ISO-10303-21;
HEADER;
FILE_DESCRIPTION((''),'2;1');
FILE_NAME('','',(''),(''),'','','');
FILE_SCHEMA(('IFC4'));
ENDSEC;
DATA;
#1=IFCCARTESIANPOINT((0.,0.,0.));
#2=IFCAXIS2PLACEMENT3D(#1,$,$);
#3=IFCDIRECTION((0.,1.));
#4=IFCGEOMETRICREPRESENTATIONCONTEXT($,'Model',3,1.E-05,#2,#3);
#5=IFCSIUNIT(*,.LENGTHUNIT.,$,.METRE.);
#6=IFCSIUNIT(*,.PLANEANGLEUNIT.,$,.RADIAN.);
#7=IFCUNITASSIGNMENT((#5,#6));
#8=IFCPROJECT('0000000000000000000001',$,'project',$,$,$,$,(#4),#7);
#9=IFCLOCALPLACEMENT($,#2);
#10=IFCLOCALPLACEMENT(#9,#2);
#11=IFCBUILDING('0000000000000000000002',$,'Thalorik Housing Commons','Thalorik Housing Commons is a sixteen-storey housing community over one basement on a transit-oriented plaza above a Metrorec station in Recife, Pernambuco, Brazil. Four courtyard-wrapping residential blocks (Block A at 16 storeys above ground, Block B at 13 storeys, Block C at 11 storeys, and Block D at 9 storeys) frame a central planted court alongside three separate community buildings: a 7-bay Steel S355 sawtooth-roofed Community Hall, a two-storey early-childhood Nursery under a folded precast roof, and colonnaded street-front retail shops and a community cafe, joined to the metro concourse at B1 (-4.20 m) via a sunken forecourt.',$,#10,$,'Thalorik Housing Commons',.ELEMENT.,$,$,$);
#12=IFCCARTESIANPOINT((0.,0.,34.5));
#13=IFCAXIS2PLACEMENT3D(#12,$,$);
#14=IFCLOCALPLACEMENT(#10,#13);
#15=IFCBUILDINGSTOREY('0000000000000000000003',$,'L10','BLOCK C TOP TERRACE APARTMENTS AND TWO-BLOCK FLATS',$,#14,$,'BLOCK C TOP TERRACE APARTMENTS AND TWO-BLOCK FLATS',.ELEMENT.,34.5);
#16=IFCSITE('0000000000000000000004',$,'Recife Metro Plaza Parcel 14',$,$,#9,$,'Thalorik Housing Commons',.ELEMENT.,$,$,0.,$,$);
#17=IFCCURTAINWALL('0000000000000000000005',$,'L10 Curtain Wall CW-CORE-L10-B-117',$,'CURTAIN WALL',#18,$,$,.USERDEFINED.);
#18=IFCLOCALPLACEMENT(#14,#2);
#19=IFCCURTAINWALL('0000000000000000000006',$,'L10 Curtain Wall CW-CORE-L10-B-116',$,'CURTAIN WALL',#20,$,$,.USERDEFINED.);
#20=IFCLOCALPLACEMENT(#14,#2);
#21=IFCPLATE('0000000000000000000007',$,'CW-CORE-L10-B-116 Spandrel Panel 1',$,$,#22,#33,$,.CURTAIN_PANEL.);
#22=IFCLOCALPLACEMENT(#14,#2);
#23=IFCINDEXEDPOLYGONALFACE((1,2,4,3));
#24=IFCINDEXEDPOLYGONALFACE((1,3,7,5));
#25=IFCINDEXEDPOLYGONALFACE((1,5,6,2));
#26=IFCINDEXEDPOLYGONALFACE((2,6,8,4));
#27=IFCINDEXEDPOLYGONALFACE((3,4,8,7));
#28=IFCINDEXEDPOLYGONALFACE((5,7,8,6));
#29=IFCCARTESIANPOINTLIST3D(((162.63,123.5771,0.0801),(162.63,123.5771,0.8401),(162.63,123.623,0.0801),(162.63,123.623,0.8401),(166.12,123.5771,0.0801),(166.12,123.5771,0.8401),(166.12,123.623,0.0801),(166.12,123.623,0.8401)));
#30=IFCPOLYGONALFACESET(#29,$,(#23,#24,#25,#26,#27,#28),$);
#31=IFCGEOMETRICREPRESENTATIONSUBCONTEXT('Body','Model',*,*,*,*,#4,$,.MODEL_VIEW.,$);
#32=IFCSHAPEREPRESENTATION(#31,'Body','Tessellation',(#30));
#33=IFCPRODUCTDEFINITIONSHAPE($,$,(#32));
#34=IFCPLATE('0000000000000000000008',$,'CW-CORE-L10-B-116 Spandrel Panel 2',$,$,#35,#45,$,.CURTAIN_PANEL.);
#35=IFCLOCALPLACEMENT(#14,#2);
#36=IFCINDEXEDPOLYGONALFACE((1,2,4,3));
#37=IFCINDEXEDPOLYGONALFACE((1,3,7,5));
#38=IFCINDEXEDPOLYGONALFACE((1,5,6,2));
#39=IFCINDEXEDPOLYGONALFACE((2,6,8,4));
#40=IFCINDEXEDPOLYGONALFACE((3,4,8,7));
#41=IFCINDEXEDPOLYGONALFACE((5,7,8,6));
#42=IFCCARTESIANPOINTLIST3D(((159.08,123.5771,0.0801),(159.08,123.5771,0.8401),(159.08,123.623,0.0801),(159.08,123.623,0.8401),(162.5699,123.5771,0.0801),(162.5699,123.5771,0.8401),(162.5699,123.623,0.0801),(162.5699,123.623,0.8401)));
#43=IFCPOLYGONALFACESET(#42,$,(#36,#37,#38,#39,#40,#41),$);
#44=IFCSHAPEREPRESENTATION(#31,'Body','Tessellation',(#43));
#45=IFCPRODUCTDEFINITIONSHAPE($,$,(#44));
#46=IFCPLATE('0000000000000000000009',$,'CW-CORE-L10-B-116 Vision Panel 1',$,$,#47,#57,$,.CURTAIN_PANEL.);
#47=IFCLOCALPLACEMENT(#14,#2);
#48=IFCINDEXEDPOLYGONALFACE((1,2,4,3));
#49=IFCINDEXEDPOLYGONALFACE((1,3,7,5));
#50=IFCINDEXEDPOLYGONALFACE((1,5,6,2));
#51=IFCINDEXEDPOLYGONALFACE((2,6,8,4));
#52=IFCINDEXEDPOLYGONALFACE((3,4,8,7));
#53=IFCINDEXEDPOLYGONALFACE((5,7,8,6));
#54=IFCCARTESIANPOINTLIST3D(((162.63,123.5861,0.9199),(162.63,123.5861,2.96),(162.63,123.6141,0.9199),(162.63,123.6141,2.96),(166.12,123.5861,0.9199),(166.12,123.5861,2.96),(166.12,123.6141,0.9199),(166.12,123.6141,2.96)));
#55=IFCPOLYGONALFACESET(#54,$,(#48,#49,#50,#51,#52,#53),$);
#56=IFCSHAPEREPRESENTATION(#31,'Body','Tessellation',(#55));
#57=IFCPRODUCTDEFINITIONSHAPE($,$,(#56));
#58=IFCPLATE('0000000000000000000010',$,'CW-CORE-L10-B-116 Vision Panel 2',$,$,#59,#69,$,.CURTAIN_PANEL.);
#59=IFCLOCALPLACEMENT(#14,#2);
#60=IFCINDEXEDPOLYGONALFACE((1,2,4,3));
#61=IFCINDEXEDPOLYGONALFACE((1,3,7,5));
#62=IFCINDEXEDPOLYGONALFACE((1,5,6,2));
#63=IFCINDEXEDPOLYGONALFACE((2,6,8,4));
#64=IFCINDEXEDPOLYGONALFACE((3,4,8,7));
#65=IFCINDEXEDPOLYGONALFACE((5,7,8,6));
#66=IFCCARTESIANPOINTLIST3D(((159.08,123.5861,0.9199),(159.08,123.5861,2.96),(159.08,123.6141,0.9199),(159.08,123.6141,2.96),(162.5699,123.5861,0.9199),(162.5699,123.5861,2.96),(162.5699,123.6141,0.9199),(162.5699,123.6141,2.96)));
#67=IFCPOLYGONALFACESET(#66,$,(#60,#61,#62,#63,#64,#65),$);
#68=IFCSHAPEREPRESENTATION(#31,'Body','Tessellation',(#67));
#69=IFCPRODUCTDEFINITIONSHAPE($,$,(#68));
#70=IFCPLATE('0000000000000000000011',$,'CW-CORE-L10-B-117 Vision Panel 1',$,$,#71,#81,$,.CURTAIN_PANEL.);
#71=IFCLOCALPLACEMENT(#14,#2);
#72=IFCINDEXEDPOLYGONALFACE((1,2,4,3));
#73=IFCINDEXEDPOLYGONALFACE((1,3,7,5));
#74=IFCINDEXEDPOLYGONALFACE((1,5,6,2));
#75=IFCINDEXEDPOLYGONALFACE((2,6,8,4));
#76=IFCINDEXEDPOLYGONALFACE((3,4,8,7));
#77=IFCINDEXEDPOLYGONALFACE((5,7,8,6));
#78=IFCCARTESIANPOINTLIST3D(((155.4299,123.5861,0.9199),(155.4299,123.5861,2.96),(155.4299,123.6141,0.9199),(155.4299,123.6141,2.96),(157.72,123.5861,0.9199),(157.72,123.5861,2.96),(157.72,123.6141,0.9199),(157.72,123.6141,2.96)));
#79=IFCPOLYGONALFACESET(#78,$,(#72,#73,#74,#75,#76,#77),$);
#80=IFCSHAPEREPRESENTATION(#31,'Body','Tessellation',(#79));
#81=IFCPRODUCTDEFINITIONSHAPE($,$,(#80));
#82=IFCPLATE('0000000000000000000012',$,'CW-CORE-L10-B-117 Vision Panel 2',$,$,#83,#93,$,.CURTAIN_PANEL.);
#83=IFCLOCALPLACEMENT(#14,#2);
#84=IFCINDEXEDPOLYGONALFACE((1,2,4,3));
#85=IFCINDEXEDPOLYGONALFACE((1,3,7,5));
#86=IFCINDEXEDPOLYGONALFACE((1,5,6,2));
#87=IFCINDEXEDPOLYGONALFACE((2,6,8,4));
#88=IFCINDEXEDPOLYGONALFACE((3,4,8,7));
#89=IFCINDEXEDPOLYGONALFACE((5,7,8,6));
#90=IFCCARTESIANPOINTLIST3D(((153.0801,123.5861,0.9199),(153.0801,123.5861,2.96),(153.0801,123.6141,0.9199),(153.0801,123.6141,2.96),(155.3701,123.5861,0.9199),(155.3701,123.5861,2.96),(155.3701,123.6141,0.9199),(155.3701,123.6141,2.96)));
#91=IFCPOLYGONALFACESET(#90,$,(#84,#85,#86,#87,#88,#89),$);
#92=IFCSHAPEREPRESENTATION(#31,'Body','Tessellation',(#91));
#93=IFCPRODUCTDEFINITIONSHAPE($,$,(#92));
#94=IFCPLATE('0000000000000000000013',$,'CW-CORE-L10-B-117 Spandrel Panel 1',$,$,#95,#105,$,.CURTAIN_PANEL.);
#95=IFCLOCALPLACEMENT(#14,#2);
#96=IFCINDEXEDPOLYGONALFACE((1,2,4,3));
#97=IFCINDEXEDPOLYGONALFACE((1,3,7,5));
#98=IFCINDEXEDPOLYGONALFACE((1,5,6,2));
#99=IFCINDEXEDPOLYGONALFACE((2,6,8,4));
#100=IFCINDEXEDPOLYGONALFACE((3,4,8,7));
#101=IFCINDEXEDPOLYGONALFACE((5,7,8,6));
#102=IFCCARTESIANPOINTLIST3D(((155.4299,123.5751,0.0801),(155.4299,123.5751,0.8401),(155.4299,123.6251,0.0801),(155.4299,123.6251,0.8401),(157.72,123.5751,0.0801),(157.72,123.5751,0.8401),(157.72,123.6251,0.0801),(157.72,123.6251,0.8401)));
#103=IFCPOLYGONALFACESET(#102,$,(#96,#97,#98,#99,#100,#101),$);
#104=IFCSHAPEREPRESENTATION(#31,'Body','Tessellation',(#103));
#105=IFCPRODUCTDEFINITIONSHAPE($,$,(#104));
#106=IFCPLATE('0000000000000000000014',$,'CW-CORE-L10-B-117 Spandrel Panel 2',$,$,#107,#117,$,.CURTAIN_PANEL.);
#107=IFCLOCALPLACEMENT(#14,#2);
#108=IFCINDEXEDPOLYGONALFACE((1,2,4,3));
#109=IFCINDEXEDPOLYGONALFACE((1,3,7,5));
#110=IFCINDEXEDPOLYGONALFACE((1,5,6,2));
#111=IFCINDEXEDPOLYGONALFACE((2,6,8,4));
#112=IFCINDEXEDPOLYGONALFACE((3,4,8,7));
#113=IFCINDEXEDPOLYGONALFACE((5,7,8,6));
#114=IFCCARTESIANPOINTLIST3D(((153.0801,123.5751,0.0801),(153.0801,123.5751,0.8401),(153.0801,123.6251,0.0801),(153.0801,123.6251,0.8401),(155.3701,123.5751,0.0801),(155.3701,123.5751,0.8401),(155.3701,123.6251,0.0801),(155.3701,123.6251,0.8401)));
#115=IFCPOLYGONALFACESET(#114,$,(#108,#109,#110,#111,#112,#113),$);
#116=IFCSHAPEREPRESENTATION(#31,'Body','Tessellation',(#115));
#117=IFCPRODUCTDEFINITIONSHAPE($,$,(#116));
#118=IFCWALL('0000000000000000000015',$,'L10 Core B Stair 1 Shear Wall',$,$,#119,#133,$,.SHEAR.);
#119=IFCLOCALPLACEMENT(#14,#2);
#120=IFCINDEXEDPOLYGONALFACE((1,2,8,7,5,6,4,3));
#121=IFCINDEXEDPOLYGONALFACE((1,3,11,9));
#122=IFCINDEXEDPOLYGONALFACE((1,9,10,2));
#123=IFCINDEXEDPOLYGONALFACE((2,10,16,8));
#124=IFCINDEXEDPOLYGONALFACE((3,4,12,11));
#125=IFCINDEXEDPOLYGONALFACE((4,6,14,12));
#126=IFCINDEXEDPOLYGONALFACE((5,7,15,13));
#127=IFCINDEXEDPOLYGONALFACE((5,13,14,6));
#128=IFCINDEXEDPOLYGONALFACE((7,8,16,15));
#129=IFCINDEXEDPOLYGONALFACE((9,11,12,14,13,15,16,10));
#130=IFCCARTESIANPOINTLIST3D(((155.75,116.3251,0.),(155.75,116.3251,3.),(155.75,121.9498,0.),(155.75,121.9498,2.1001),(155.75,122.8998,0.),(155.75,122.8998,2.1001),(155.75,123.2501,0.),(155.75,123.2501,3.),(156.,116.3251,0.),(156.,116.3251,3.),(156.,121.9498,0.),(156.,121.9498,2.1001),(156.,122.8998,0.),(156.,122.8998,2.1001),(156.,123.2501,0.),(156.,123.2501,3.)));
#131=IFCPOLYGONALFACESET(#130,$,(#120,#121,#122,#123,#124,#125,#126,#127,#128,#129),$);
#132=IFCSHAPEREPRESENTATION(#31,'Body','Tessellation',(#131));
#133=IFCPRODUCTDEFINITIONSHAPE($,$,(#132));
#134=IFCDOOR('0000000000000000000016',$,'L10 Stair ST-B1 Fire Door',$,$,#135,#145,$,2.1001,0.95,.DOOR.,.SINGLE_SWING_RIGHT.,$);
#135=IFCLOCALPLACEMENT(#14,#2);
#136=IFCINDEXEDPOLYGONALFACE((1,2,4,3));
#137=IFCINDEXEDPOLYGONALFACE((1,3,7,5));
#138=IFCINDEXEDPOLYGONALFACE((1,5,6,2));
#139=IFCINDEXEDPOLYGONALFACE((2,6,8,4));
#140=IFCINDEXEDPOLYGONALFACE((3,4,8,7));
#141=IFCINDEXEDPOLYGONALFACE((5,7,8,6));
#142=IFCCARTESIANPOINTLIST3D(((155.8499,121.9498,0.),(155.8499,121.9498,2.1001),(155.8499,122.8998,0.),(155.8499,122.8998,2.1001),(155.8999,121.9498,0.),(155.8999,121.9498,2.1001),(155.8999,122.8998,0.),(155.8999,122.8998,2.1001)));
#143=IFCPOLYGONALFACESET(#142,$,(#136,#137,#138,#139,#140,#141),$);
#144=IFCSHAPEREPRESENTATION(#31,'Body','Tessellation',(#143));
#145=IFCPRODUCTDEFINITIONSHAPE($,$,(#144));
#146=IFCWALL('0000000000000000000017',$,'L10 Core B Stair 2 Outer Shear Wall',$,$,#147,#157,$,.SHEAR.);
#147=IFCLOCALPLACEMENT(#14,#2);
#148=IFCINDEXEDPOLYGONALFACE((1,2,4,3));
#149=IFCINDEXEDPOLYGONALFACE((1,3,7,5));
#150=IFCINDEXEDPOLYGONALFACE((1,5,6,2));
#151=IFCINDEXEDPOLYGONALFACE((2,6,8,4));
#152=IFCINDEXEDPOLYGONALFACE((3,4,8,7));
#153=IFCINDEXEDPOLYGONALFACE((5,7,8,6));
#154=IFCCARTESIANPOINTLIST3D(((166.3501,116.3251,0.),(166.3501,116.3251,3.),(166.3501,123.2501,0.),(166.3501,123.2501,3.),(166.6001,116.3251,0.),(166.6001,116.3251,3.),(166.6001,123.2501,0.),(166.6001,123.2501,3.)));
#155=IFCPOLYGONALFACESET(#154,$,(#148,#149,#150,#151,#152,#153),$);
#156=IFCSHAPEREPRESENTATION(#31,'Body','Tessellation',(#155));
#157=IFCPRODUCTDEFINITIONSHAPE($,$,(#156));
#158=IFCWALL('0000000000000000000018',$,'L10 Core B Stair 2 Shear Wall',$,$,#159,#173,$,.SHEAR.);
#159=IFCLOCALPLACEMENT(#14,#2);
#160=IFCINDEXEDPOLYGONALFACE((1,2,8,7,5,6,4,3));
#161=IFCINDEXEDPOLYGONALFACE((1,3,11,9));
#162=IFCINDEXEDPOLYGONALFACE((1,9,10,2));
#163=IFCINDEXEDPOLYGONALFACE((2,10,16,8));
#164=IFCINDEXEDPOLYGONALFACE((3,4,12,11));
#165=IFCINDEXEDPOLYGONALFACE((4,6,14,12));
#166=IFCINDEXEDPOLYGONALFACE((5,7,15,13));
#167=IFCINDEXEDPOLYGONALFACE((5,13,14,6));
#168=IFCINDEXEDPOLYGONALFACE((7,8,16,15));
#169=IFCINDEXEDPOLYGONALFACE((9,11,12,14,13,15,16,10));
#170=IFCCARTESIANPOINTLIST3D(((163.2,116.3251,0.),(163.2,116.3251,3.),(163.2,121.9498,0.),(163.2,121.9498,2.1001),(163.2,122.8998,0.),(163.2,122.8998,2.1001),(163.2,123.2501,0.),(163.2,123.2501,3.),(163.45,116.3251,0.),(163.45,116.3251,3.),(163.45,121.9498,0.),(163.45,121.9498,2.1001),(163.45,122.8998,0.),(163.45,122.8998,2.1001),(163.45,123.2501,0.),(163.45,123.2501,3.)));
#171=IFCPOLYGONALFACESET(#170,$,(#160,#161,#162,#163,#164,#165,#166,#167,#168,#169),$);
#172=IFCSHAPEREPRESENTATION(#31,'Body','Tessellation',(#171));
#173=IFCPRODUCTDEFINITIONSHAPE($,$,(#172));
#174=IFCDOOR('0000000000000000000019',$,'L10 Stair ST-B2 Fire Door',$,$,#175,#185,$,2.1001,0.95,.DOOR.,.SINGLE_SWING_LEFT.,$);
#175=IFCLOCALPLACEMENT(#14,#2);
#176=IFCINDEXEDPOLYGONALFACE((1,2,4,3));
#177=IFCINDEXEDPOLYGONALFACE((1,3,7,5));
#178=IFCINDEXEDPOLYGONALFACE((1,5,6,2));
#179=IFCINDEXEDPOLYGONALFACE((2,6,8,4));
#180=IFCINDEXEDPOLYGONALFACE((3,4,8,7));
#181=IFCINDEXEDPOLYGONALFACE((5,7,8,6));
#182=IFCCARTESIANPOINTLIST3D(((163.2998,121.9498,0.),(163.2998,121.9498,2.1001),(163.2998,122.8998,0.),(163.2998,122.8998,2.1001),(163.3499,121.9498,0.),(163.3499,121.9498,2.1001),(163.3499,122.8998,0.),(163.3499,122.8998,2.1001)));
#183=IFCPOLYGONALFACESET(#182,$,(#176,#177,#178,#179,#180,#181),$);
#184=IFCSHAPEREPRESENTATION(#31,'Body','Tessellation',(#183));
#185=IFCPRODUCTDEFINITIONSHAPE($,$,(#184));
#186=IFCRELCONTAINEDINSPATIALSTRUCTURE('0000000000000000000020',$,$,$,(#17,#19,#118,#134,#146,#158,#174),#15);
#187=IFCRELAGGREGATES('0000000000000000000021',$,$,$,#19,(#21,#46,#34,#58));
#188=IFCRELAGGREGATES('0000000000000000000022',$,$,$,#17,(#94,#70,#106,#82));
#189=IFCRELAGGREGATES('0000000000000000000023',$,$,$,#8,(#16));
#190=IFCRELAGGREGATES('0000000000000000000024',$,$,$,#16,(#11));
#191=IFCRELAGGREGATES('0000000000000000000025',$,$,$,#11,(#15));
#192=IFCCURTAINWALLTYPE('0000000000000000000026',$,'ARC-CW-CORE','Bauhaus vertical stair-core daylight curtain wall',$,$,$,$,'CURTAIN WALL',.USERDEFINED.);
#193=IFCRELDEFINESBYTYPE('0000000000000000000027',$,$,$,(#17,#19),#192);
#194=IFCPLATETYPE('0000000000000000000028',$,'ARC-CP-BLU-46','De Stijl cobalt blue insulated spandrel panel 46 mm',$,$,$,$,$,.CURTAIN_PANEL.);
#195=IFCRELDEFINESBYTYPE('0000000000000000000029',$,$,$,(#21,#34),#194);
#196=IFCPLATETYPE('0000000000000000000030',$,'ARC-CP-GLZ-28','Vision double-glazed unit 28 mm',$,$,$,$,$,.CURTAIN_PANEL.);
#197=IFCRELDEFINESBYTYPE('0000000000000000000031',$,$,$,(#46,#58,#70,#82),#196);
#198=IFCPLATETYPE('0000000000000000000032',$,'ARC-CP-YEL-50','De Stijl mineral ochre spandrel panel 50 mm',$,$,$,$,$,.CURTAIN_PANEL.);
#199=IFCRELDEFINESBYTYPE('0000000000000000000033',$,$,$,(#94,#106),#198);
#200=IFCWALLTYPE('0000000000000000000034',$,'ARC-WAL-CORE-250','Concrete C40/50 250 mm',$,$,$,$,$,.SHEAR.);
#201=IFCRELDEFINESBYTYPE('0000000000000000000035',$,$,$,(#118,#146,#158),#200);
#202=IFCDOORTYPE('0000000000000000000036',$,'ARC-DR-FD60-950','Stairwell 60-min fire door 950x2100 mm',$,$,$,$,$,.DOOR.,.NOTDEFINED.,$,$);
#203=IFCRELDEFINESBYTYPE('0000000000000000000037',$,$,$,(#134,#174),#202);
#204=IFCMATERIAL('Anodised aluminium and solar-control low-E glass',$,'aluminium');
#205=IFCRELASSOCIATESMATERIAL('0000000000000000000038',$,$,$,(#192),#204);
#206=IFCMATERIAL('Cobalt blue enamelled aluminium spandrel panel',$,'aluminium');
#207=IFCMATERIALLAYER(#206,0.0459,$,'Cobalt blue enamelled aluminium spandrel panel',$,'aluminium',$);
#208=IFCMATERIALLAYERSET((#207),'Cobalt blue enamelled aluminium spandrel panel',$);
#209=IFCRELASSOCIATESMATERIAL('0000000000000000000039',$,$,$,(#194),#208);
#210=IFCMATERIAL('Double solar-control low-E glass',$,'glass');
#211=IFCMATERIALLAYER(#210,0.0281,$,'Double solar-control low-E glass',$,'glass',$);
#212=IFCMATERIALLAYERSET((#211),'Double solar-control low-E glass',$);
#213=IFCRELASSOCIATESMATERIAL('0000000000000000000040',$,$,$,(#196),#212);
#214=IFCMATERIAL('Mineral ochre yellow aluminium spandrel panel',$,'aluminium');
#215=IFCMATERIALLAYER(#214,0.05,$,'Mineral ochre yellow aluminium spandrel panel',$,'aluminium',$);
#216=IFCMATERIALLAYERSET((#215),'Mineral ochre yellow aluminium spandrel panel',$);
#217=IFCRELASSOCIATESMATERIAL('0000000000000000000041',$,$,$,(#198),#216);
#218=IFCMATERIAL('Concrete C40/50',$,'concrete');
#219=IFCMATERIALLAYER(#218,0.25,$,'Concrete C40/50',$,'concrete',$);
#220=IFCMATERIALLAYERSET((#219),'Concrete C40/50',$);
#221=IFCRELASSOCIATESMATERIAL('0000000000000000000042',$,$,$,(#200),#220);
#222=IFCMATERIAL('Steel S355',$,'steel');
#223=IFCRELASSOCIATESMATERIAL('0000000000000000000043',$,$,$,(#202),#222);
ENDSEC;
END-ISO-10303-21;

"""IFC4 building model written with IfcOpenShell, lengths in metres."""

from ifc_helpers import new_model, si_unit, direction, frame, frame_2d, origin, origin_2d, place, context, subcontext, project, spatial, rectangle, extrude, material, layer, layer_set, type_object, element, fill, aggregate, save


model = new_model("IFC4")

# Units and contexts
model_context = context("Model", 3, precision=1e-05, world=origin(), true_north=direction((0.0, 1.0)))
body_context = subcontext(model_context, "Body", "Model", "MODEL_VIEW")
ifc_project = project(units=[si_unit("LENGTHUNIT", "METRE"), si_unit("PLANEANGLEUNIT", "RADIAN")], contexts=[model_context])

# Site, building, storey
site_placement = place(None, origin())
site = spatial("IfcSite", under=ifc_project, at=site_placement, Name="Recife Metro Plaza Parcel 14", LongName="Thalorik Housing Commons", CompositionType="ELEMENT", RefElevation=0.0)
building_placement = place(site_placement, origin())
building = spatial("IfcBuilding", under=site, at=building_placement, Name="Thalorik Housing Commons", Description="Thalorik Housing Commons is a sixteen-storey housing community over one basement on a transit-oriented plaza above a Metrorec station in Recife, Pernambuco, Brazil. Four courtyard-wrapping residential blocks (Block A at 16 storeys above ground, Block B at 13 storeys, Block C at 11 storeys, and Block D at 9 storeys) frame a central planted court alongside three separate community buildings: a 7-bay Steel S355 sawtooth-roofed Community Hall, a two-storey early-childhood Nursery under a folded precast roof, and colonnaded street-front retail shops and a community cafe, joined to the metro concourse at B1 (-4.20 m) via a sunken forecourt.", LongName="Thalorik Housing Commons", CompositionType="ELEMENT")
storey_placement = place(building_placement, frame((0.0, 0.0, 34.5)))
storey = spatial("IfcBuildingStorey", under=building, at=storey_placement, Name="L10", Description="BLOCK C TOP TERRACE APARTMENTS AND TWO-BLOCK FLATS", LongName="BLOCK C TOP TERRACE APARTMENTS AND TWO-BLOCK FLATS", CompositionType="ELEMENT", Elevation=34.5)

# Curtain walls
ifc_material_1 = material(Name="Anodised aluminium and solar-control low-E glass", Category="aluminium")
curtain_wall_type = type_object("IfcCurtainWallType", Name="ARC-CW-CORE", Description="Bauhaus vertical stair-core daylight curtain wall", ElementType="CURTAIN WALL", PredefinedType="USERDEFINED", material=ifc_material_1)
curtain_wall_1_placement = place(storey_placement, origin())
curtain_wall_1 = element("IfcCurtainWall", 1, at=curtain_wall_1_placement, inside=storey, type_object=curtain_wall_type, Name="L10 Curtain Wall CW-CORE-L10-B-117", ObjectType="CURTAIN WALL", PredefinedType="USERDEFINED")
curtain_wall_2_placement = place(storey_placement, origin())
curtain_wall_2 = element("IfcCurtainWall", 2, at=curtain_wall_2_placement, inside=storey, type_object=curtain_wall_type, Name="L10 Curtain Wall CW-CORE-L10-B-116", ObjectType="CURTAIN WALL", PredefinedType="USERDEFINED")

# Plates
ifc_material_2 = material(Name="Cobalt blue enamelled aluminium spandrel panel", Category="aluminium")
ifc_layer_1 = layer(ifc_material_2, 0.0459, Name="Cobalt blue enamelled aluminium spandrel panel", Category="aluminium")
ifc_layer_set_1 = layer_set([ifc_layer_1], Name="Cobalt blue enamelled aluminium spandrel panel")
plate_type_1 = type_object("IfcPlateType", Name="ARC-CP-BLU-46", Description="De Stijl cobalt blue insulated spandrel panel 46 mm", PredefinedType="CURTAIN_PANEL", material=ifc_layer_set_1)
plate_1_placement = place(storey_placement, frame((164.375, 123.6001, 0.0801), z_axis=(0.0, 0.0, 1.0), x_axis=(-1.0, 0.0, 0.0)))
plate_1 = element("IfcPlate", 3, at=plate_1_placement, type_object=plate_type_1, Name="CW-CORE-L10-B-116 Spandrel Panel 1", PredefinedType="CURTAIN_PANEL", context=body_context, shape_type="SweptSolid", body=[
    extrude(rectangle(XDim=3.49, YDim=0.0459, at=origin_2d()), origin(), (0.0, 0.0, 1.0), 0.76),
])
plate_2_placement = place(storey_placement, frame((160.825, 123.6001, 0.0801), z_axis=(0.0, 0.0, 1.0), x_axis=(-1.0, 0.0, 0.0)))
plate_2 = element("IfcPlate", 4, at=plate_2_placement, type_object=plate_type_1, Name="CW-CORE-L10-B-116 Spandrel Panel 2", PredefinedType="CURTAIN_PANEL", context=body_context, shape_type="SweptSolid", body=[
    extrude(rectangle(XDim=3.49, YDim=0.0459, at=origin_2d()), origin(), (0.0, 0.0, 1.0), 0.76),
])
ifc_material_3 = material(Name="Double solar-control low-E glass", Category="glass")
ifc_layer_2 = layer(ifc_material_3, 0.0281, Name="Double solar-control low-E glass", Category="glass")
ifc_layer_set_2 = layer_set([ifc_layer_2], Name="Double solar-control low-E glass")
plate_type_2 = type_object("IfcPlateType", Name="ARC-CP-GLZ-28", Description="Vision double-glazed unit 28 mm", PredefinedType="CURTAIN_PANEL", material=ifc_layer_set_2)
plate_3_placement = place(storey_placement, frame((164.375, 123.6001, 0.9199), z_axis=(0.0, 0.0, 1.0), x_axis=(-1.0, 0.0, 0.0)))
plate_3 = element("IfcPlate", 5, at=plate_3_placement, type_object=plate_type_2, Name="CW-CORE-L10-B-116 Vision Panel 1", PredefinedType="CURTAIN_PANEL", context=body_context, shape_type="SweptSolid", body=[
    extrude(rectangle(XDim=3.49, YDim=0.0281, at=origin_2d()), origin(), (0.0, 0.0, 1.0), 2.04),
])
plate_4_placement = place(storey_placement, frame((160.825, 123.6001, 0.9199), z_axis=(0.0, 0.0, 1.0), x_axis=(-1.0, 0.0, 0.0)))
plate_4 = element("IfcPlate", 6, at=plate_4_placement, type_object=plate_type_2, Name="CW-CORE-L10-B-116 Vision Panel 2", PredefinedType="CURTAIN_PANEL", context=body_context, shape_type="SweptSolid", body=[
    extrude(rectangle(XDim=3.49, YDim=0.0281, at=origin_2d()), origin(), (0.0, 0.0, 1.0), 2.04),
])
aggregate(curtain_wall_2, [plate_1, plate_3, plate_2, plate_4])
plate_5_placement = place(storey_placement, frame((156.575, 123.6001, 0.9199), z_axis=(0.0, 0.0, 1.0), x_axis=(-1.0, 0.0, 0.0)))
plate_5 = element("IfcPlate", 7, at=plate_5_placement, type_object=plate_type_2, Name="CW-CORE-L10-B-117 Vision Panel 1", PredefinedType="CURTAIN_PANEL", context=body_context, shape_type="SweptSolid", body=[
    extrude(rectangle(XDim=2.29, YDim=0.0281, at=origin_2d()), origin(), (0.0, 0.0, 1.0), 2.04),
])
plate_6_placement = place(storey_placement, frame((154.2251, 123.6001, 0.9199), z_axis=(0.0, 0.0, 1.0), x_axis=(-1.0, 0.0, 0.0)))
plate_6 = element("IfcPlate", 8, at=plate_6_placement, type_object=plate_type_2, Name="CW-CORE-L10-B-117 Vision Panel 2", PredefinedType="CURTAIN_PANEL", context=body_context, shape_type="SweptSolid", body=[
    extrude(rectangle(XDim=2.29, YDim=0.0281, at=origin_2d()), origin(), (0.0, 0.0, 1.0), 2.04),
])
ifc_material_4 = material(Name="Mineral ochre yellow aluminium spandrel panel", Category="aluminium")
ifc_layer_3 = layer(ifc_material_4, 0.05, Name="Mineral ochre yellow aluminium spandrel panel", Category="aluminium")
ifc_layer_set_3 = layer_set([ifc_layer_3], Name="Mineral ochre yellow aluminium spandrel panel")
plate_type_3 = type_object("IfcPlateType", Name="ARC-CP-YEL-50", Description="De Stijl mineral ochre spandrel panel 50 mm", PredefinedType="CURTAIN_PANEL", material=ifc_layer_set_3)
plate_7_placement = place(storey_placement, frame((156.575, 123.6001, 0.0801), z_axis=(0.0, 0.0, 1.0), x_axis=(-1.0, 0.0, 0.0)))
plate_7 = element("IfcPlate", 9, at=plate_7_placement, type_object=plate_type_3, Name="CW-CORE-L10-B-117 Spandrel Panel 1", PredefinedType="CURTAIN_PANEL", context=body_context, shape_type="SweptSolid", body=[
    extrude(rectangle(XDim=2.29, YDim=0.05, at=origin_2d()), origin(), (0.0, 0.0, 1.0), 0.76),
])
plate_8_placement = place(storey_placement, frame((154.2251, 123.6001, 0.0801), z_axis=(0.0, 0.0, 1.0), x_axis=(-1.0, 0.0, 0.0)))
plate_8 = element("IfcPlate", 10, at=plate_8_placement, type_object=plate_type_3, Name="CW-CORE-L10-B-117 Spandrel Panel 2", PredefinedType="CURTAIN_PANEL", context=body_context, shape_type="SweptSolid", body=[
    extrude(rectangle(XDim=2.29, YDim=0.05, at=origin_2d()), origin(), (0.0, 0.0, 1.0), 0.76),
])
aggregate(curtain_wall_1, [plate_7, plate_5, plate_8, plate_6])

# Wall, opening, door
ifc_material_5 = material(Name="Concrete C40/50", Category="concrete")
ifc_layer_4 = layer(ifc_material_5, 0.25, Name="Concrete C40/50", Category="concrete")
ifc_layer_set_4 = layer_set([ifc_layer_4], Name="Concrete C40/50")
wall_type_1 = type_object("IfcWallType", Name="ARC-WAL-CORE-250", Description="Concrete C40/50 250 mm", PredefinedType="SHEAR", material=ifc_layer_set_4)
wall_1_placement = place(storey_placement, frame((155.875, 123.25, 0.0), z_axis=(0.0, 0.0, 1.0), x_axis=(0.0, -1.0, 0.0)))
wall_1 = element("IfcWall", 11, at=wall_1_placement, inside=storey, type_object=wall_type_1, Name="L10 Core B Stair 1 Shear Wall", PredefinedType="SHEAR", context=body_context, shape_type="SweptSolid", body=[
    extrude(rectangle(XDim=6.925, YDim=0.25, at=frame_2d((3.4624, 0.0))), origin(), (0.0, 0.0, 1.0), 3.0),
])
opening_1_placement = place(wall_1_placement, frame((0.3501, 0.0, 0.0)))
opening_1 = element("IfcOpeningElement", 12, at=opening_1_placement, cuts=wall_1, PredefinedType="OPENING", context=body_context, shape_type="SweptSolid", body=[
    extrude(rectangle(XDim=0.95, YDim=2.1001, at=frame_2d((0.4751, 1.05))), frame((0.0, 0.135, 0.0), z_axis=(0.0, -1.0, 0.0), x_axis=(1.0, 0.0, 0.0)), (0.0, 0.0, 1.0), 0.27),
])
ifc_material_6 = material(Name="Steel S355", Category="steel")
door_type = type_object("IfcDoorType", Name="ARC-DR-FD60-950", Description="Stairwell 60-min fire door 950x2100 mm", OperationType="NOTDEFINED", PredefinedType="DOOR", material=ifc_material_6)
door_1_placement = place(opening_1_placement, origin())
door_1 = element("IfcDoor", 13, at=door_1_placement, inside=storey, type_object=door_type, Name="L10 Stair ST-B1 Fire Door", OperationType="SINGLE_SWING_RIGHT", OverallHeight=2.1001, OverallWidth=0.95, PredefinedType="DOOR", context=body_context, shape_type="SweptSolid", body=[
    extrude(rectangle(XDim=0.95, YDim=2.1001, at=frame_2d((0.4751, 1.05))), frame((0.0, 0.0249, 0.0), z_axis=(0.0, -1.0, 0.0), x_axis=(1.0, 0.0, 0.0)), (0.0, 0.0, 1.0), 0.05),
])
fill(opening_1, door_1)

# Wall
wall_2_placement = place(storey_placement, frame((166.4751, 123.25, 0.0), z_axis=(0.0, 0.0, 1.0), x_axis=(0.0, -1.0, 0.0)))
element("IfcWall", 14, at=wall_2_placement, inside=storey, type_object=wall_type_1, Name="L10 Core B Stair 2 Outer Shear Wall", PredefinedType="SHEAR", context=body_context, shape_type="SweptSolid", body=[
    extrude(rectangle(XDim=6.925, YDim=0.25, at=frame_2d((3.4624, 0.0))), origin(), (0.0, 0.0, 1.0), 3.0),
])

# Wall, opening, door
wall_3_placement = place(storey_placement, frame((163.325, 123.25, 0.0), z_axis=(0.0, 0.0, 1.0), x_axis=(0.0, -1.0, 0.0)))
wall_3 = element("IfcWall", 15, at=wall_3_placement, inside=storey, type_object=wall_type_1, Name="L10 Core B Stair 2 Shear Wall", PredefinedType="SHEAR", context=body_context, shape_type="SweptSolid", body=[
    extrude(rectangle(XDim=6.925, YDim=0.25, at=frame_2d((3.4624, 0.0))), origin(), (0.0, 0.0, 1.0), 3.0),
])
opening_2_placement = place(wall_3_placement, frame((0.3501, 0.0, 0.0)))
opening_2 = element("IfcOpeningElement", 16, at=opening_2_placement, cuts=wall_3, PredefinedType="OPENING", context=body_context, shape_type="SweptSolid", body=[
    extrude(rectangle(XDim=0.95, YDim=2.1001, at=frame_2d((0.4751, 1.05))), frame((0.0, 0.135, 0.0), z_axis=(0.0, -1.0, 0.0), x_axis=(1.0, 0.0, 0.0)), (0.0, 0.0, 1.0), 0.27),
])
door_2_placement = place(opening_2_placement, origin())
door_2 = element("IfcDoor", 17, at=door_2_placement, inside=storey, type_object=door_type, Name="L10 Stair ST-B2 Fire Door", OperationType="SINGLE_SWING_LEFT", OverallHeight=2.1001, OverallWidth=0.95, PredefinedType="DOOR", context=body_context, shape_type="SweptSolid", body=[
    extrude(rectangle(XDim=0.95, YDim=2.1001, at=frame_2d((0.4751, 1.05))), frame((0.0, 0.0249, 0.0), z_axis=(0.0, -1.0, 0.0), x_axis=(1.0, 0.0, 0.0)), (0.0, 0.0, 1.0), 0.05),
])
fill(opening_2, door_2)

save(model, "model.ifc")
